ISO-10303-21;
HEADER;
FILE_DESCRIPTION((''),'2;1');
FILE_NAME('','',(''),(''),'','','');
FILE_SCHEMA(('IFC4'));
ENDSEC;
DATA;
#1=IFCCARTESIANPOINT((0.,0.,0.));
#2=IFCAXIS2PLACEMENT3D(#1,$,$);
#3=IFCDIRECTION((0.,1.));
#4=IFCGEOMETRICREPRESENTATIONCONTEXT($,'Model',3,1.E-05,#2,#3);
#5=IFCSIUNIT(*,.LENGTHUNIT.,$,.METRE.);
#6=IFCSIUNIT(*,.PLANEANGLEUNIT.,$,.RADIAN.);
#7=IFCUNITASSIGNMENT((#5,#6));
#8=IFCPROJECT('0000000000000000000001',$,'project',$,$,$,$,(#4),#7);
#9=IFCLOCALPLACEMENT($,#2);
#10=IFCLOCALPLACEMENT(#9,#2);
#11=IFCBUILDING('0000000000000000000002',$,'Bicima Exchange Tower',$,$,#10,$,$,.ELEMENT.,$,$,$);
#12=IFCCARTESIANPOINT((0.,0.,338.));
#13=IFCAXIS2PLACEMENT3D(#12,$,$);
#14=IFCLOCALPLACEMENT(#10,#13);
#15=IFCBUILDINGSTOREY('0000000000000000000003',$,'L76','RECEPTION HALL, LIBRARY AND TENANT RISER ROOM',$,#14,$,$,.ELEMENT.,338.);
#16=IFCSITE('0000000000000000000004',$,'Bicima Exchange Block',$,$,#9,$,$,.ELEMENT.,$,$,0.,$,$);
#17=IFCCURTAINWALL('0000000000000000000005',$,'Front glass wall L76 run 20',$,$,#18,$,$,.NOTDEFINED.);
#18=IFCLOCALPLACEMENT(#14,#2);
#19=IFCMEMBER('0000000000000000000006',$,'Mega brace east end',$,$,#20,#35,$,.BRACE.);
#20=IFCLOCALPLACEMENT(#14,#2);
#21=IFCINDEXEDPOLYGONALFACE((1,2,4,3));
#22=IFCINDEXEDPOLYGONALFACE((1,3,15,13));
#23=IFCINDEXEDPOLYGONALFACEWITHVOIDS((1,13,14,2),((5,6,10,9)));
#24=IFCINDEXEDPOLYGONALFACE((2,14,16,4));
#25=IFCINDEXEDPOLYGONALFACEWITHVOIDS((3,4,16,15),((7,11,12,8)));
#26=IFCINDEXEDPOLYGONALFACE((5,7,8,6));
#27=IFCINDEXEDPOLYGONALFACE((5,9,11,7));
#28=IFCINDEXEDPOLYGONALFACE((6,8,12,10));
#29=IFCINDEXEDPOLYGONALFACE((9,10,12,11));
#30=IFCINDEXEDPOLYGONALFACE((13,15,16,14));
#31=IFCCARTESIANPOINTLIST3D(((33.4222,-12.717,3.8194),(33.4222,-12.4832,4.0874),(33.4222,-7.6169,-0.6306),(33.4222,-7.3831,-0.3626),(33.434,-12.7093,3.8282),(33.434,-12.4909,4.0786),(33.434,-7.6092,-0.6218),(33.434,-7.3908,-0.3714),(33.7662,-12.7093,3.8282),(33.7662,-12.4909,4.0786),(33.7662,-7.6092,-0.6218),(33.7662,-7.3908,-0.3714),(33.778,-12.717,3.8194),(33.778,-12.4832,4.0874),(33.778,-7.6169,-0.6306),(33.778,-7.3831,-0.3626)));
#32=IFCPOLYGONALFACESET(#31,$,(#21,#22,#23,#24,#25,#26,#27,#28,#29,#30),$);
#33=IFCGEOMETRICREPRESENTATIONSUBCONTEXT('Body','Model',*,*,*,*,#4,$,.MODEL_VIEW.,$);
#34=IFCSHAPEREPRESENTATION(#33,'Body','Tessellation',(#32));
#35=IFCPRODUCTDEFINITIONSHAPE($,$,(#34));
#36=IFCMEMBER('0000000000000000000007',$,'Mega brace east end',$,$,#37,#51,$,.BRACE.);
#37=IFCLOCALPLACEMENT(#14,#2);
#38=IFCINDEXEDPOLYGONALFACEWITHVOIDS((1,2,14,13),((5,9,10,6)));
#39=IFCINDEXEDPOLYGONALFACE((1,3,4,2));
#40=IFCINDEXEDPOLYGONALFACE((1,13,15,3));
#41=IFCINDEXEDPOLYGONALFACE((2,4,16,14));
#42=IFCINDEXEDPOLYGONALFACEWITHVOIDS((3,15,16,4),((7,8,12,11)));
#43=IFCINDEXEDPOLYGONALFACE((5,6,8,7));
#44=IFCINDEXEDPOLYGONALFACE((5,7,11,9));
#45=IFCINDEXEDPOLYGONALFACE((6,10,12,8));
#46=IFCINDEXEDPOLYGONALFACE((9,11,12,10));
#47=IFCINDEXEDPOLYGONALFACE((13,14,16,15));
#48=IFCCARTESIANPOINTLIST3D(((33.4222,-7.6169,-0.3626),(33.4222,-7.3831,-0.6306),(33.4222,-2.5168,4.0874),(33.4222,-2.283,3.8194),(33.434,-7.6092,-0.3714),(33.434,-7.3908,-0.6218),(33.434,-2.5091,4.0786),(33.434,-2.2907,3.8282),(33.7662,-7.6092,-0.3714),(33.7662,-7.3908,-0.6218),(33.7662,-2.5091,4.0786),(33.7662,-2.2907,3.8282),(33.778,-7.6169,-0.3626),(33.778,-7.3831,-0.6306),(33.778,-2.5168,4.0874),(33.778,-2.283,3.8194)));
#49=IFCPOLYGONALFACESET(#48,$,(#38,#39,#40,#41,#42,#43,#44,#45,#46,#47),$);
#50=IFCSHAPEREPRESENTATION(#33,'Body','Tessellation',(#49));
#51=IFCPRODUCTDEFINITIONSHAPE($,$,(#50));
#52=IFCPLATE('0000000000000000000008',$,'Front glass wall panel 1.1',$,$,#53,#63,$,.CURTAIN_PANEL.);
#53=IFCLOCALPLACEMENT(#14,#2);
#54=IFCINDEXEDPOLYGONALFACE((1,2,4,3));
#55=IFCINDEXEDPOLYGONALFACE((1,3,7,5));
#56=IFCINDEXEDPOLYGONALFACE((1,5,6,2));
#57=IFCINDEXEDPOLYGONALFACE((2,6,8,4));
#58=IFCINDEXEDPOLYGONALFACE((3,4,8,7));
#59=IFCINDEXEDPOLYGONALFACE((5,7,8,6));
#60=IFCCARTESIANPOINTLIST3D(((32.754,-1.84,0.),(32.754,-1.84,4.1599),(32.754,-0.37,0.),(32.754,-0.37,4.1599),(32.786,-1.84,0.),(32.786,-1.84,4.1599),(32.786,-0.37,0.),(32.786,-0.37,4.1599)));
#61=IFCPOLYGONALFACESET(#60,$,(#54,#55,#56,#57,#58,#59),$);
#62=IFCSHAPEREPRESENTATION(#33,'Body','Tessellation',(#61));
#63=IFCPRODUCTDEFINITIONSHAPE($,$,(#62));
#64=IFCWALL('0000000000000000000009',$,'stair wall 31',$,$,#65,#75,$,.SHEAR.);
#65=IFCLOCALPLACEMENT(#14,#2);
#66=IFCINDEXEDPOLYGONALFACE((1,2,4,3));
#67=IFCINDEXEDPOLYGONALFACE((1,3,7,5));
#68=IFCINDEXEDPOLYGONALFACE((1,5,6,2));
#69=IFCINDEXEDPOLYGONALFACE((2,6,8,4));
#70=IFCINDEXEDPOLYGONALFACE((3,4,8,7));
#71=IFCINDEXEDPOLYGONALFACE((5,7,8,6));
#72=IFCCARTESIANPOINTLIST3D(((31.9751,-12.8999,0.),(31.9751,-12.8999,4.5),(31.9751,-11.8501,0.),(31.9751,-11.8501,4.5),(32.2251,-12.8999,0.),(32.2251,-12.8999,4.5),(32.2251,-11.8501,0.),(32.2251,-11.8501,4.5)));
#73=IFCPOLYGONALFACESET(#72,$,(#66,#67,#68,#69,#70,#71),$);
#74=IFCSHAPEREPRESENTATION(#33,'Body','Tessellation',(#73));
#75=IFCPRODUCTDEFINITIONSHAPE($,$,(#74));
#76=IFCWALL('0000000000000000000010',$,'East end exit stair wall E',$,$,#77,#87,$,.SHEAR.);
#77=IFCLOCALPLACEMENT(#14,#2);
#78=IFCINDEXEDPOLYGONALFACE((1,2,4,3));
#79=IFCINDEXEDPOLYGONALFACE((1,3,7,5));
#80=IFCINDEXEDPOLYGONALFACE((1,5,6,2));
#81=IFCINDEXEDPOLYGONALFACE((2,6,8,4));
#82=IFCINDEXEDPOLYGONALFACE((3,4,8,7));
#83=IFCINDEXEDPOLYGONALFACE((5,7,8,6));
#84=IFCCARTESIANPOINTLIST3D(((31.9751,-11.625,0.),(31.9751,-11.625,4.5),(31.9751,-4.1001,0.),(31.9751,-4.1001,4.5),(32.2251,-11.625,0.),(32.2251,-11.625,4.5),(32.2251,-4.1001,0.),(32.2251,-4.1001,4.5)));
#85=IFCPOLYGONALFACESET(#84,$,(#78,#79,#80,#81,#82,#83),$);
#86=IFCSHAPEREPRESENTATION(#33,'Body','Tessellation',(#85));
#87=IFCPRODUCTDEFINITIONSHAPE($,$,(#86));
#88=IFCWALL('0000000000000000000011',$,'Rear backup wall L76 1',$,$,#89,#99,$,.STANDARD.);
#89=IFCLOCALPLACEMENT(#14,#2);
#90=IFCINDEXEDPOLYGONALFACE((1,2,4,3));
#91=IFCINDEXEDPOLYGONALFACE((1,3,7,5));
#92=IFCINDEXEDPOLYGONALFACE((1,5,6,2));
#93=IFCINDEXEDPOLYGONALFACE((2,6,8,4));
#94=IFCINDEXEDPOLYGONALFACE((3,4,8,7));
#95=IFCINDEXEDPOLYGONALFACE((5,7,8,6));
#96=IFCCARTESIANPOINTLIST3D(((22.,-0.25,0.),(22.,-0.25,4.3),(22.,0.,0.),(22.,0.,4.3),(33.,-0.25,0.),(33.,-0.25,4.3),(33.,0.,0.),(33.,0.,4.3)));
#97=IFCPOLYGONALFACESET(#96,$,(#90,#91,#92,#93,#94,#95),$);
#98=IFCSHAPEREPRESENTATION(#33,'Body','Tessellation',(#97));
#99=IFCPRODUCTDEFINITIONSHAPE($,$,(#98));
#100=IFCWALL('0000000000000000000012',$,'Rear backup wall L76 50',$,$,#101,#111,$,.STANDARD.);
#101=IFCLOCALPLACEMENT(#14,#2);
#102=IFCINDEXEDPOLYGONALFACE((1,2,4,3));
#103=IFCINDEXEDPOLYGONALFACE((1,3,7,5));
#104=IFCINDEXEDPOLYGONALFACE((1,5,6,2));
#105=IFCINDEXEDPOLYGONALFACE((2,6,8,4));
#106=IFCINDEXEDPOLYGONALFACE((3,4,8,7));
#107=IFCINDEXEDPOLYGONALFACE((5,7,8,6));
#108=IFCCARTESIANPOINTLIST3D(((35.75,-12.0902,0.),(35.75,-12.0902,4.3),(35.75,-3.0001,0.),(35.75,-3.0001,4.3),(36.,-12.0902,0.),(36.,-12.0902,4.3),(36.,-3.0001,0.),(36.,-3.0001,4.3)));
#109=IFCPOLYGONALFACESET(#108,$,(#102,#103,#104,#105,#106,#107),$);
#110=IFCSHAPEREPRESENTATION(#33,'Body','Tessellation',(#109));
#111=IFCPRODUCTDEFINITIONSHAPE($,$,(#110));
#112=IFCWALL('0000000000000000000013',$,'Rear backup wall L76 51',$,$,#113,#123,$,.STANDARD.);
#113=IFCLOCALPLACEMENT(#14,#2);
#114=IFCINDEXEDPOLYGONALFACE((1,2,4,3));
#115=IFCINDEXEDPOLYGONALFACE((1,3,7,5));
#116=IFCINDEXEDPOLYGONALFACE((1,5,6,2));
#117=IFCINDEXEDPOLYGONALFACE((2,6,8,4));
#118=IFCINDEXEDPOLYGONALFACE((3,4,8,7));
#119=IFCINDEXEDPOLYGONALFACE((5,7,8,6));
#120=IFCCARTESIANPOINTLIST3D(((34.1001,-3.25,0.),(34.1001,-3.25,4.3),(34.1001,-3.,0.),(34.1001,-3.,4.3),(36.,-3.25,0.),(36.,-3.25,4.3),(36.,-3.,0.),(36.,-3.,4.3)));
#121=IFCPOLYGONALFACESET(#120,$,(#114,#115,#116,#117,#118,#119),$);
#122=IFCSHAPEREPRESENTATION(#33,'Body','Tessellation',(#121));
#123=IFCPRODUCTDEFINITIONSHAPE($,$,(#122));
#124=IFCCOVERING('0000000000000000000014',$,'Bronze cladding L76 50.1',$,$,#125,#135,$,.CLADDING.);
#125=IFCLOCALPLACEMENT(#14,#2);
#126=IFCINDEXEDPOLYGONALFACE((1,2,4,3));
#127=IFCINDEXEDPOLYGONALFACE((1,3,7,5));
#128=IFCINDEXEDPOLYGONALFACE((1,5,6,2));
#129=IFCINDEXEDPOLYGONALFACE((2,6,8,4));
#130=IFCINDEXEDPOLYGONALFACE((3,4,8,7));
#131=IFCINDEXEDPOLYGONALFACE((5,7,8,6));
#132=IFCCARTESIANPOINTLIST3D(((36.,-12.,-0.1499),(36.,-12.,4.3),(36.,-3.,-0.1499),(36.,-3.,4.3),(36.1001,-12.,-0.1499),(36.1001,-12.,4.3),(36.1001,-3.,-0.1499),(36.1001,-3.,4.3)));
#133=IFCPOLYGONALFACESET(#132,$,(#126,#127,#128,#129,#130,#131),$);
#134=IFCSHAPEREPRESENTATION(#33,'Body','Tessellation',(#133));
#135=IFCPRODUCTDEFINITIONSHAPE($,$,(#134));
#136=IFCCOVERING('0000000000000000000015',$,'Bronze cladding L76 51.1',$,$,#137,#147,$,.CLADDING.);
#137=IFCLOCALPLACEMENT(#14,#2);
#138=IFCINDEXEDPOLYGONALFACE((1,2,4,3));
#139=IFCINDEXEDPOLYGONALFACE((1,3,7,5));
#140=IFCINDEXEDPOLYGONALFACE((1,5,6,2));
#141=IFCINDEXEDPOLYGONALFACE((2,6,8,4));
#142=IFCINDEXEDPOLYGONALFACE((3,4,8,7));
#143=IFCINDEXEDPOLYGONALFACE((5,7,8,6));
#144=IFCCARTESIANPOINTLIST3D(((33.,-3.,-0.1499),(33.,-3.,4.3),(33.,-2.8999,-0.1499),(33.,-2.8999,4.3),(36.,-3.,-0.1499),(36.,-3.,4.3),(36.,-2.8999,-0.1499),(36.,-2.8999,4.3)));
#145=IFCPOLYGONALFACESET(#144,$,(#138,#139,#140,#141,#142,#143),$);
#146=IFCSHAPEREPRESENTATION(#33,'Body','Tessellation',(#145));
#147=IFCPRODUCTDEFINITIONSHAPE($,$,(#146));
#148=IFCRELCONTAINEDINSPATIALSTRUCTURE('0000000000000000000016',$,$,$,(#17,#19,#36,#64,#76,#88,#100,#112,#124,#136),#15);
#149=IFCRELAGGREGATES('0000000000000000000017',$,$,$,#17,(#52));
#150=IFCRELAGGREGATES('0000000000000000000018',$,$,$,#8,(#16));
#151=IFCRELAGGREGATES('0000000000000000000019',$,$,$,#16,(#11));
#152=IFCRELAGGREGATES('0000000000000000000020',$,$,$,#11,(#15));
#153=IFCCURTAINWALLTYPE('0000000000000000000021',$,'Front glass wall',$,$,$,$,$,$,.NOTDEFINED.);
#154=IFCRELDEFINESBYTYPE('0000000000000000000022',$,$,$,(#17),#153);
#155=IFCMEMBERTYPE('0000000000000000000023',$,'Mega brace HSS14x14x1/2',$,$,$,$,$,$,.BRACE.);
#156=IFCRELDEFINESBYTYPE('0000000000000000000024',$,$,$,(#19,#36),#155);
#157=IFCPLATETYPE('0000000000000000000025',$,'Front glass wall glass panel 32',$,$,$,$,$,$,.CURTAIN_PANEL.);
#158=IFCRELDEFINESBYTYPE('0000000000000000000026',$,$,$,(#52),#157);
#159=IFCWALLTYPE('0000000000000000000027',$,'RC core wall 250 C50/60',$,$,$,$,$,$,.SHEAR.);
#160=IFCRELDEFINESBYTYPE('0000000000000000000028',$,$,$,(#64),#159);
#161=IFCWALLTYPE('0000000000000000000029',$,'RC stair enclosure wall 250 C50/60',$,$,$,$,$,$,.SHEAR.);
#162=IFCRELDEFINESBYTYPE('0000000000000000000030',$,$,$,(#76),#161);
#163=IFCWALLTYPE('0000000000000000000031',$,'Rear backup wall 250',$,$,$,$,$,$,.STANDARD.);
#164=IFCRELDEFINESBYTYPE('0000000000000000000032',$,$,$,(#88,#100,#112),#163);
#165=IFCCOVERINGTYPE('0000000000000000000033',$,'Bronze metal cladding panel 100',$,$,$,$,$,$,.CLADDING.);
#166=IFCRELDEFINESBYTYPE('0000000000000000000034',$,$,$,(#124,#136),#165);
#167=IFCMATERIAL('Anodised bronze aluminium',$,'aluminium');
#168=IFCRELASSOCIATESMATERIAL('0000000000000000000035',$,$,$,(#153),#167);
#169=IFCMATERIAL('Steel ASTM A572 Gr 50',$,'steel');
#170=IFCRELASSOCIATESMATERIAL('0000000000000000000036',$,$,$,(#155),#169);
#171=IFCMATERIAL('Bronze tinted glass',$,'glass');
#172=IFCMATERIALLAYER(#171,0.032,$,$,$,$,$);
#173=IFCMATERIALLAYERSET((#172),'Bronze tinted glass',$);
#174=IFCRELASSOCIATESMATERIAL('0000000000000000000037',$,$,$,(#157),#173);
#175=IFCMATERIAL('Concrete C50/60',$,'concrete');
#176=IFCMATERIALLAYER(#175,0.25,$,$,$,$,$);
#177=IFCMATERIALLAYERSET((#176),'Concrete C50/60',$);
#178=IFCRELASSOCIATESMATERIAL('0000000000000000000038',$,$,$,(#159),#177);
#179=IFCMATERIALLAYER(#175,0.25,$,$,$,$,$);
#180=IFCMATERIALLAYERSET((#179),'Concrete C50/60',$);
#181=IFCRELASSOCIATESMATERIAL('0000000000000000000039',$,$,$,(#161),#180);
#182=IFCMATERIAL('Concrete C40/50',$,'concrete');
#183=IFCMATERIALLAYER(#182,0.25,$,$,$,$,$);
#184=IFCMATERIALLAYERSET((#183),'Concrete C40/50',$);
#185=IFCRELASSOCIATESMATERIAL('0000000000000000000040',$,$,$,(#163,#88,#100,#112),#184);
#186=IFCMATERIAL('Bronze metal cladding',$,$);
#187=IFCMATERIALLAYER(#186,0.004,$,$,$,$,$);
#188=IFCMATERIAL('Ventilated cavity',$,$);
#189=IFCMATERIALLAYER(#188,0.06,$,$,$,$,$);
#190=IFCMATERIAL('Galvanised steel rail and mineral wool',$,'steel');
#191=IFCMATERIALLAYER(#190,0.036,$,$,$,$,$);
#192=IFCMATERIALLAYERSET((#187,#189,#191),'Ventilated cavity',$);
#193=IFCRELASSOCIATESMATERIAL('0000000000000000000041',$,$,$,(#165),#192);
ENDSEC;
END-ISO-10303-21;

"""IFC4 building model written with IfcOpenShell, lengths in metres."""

from ifc_helpers import new_model, si_unit, direction, frame, frame_2d, origin, origin_2d, place, context, subcontext, project, spatial, rectangle, hollow_rectangle, extrude, material, layer, layer_set, layer_usage, material_profile, profile_set, type_object, element, aggregate, save


model = new_model("IFC4")

# Units and contexts
model_context = context("Model", 3, precision=1e-05, world=origin(), true_north=direction((0.0, 1.0)))
body_context = subcontext(model_context, "Body", "Model", "MODEL_VIEW")
ifc_project = project(units=[si_unit("LENGTHUNIT", "METRE"), si_unit("PLANEANGLEUNIT", "RADIAN")], contexts=[model_context])

# Site, building, storey
site_placement = place(None, origin())
site = spatial("IfcSite", under=ifc_project, at=site_placement, Name="Bicima Exchange Block", CompositionType="ELEMENT", RefElevation=0.0)
building_placement = place(site_placement, origin())
building = spatial("IfcBuilding", under=site, at=building_placement, Name="Bicima Exchange Tower", CompositionType="ELEMENT")
storey_placement = place(building_placement, frame((0.0, 0.0, 338.0)))
storey = spatial("IfcBuildingStorey", under=building, at=storey_placement, Name="L76", Description="RECEPTION HALL, LIBRARY AND TENANT RISER ROOM", CompositionType="ELEMENT", Elevation=338.0)

# Shared definitions
ifc_material_1 = material(Name="Steel ASTM A572 Gr 50", Category="steel")

# Shared definitions
ifc_material_2 = material(Name="Anodised bronze aluminium", Category="aluminium")

# Curtain wall
curtain_wall_type_1 = type_object("IfcCurtainWallType", Name="Front glass wall", PredefinedType="NOTDEFINED", material=ifc_material_2)
curtain_wall_1_placement = place(storey_placement, origin())
curtain_wall_1 = element("IfcCurtainWall", 1, at=curtain_wall_1_placement, inside=storey, type_object=curtain_wall_type_1, Name="Front glass wall L76 run 20", PredefinedType="NOTDEFINED")

# Members
ifc_material_profile_1 = material_profile(ifc_material_1, hollow_rectangle(XDim=0.3557, YDim=0.3557, WallThickness=0.0117, at=origin_2d()))
ifc_profile_set_1 = profile_set([ifc_material_profile_1], Name="Steel ASTM A572 Gr 50")
member_type_1 = type_object("IfcMemberType", Name="Mega brace HSS14x14x1/2", PredefinedType="BRACE", material=ifc_profile_set_1)
for number, where, z_axis, x_axis, name in (
    (2, (33.6001, -7.5, -0.4966), (0.0, -0.753501, 0.657447), (1.0, 0.0, 0.0), "Mega brace east end"),
    (3, (33.6001, -7.5, -0.4966), (0.0, 0.753501, 0.657447), (-1.0, 0.0, 0.0), "Mega brace east end"),
):
    element("IfcMember", number, at=place(storey_placement, frame(where, z_axis=z_axis, x_axis=x_axis)), inside=storey, type_object=member_type_1, Name=name, PredefinedType="BRACE", context=body_context, shape_type="SweptSolid", body=[
        extrude(hollow_rectangle(XDim=0.3557, YDim=0.3557, WallThickness=0.0117, at=origin_2d()), origin(), (0.0, 0.0, 1.0), 6.7686),
    ])

# Plate
ifc_material_3 = material(Name="Bronze tinted glass", Category="glass")
ifc_layer_1 = layer(ifc_material_3, 0.032)
ifc_layer_set_1 = layer_set([ifc_layer_1], Name="Bronze tinted glass")
plate_type = type_object("IfcPlateType", Name="Front glass wall glass panel 32", PredefinedType="CURTAIN_PANEL", material=ifc_layer_set_1)
plate_placement = place(storey_placement, frame((32.77, -1.105, 0.0), z_axis=(0.0, 0.0, 1.0), x_axis=(0.0, 1.0, 0.0)))
plate = element("IfcPlate", 4, at=plate_placement, type_object=plate_type, Name="Front glass wall panel 1.1", PredefinedType="CURTAIN_PANEL", context=body_context, shape_type="SweptSolid", body=[
    extrude(rectangle(XDim=1.47, YDim=0.032, at=origin_2d()), origin(), (0.0, 0.0, 1.0), 4.1599),
])
aggregate(curtain_wall_1, [plate])

# Walls
ifc_material_4 = material(Name="Concrete C50/60", Category="concrete")
ifc_layer_2 = layer(ifc_material_4, 0.25)
ifc_layer_set_2 = layer_set([ifc_layer_2], Name="Concrete C50/60")
wall_type_1 = type_object("IfcWallType", Name="RC core wall 250 C50/60", PredefinedType="SHEAR", material=ifc_layer_set_2)
wall_1_placement = place(storey_placement, frame((32.1001, -12.8999, 0.0), z_axis=(0.0, 0.0, 1.0), x_axis=(0.0, 1.0, 0.0)))
element("IfcWall", 5, at=wall_1_placement, inside=storey, type_object=wall_type_1, Name="stair wall 31", PredefinedType="SHEAR", context=body_context, shape_type="SweptSolid", body=[
    extrude(rectangle(XDim=1.0498, YDim=0.25, at=frame_2d((0.5249, 0.0))), origin(), (0.0, 0.0, 1.0), 4.5),
])
ifc_layer_3 = layer(ifc_material_4, 0.25)
ifc_layer_set_3 = layer_set([ifc_layer_3], Name="Concrete C50/60")
wall_type_2 = type_object("IfcWallType", Name="RC stair enclosure wall 250 C50/60", PredefinedType="SHEAR", material=ifc_layer_set_3)
wall_2_placement = place(storey_placement, frame((32.1001, -11.625, 0.0), z_axis=(0.0, 0.0, 1.0), x_axis=(0.0, 1.0, 0.0)))
element("IfcWall", 6, at=wall_2_placement, inside=storey, type_object=wall_type_2, Name="East end exit stair wall E", PredefinedType="SHEAR", context=body_context, shape_type="SweptSolid", body=[
    extrude(rectangle(XDim=7.5249, YDim=0.25, at=frame_2d((3.7625, 0.0))), origin(), (0.0, 0.0, 1.0), 4.5),
])
ifc_material_5 = material(Name="Concrete C40/50", Category="concrete")
ifc_layer_4 = layer(ifc_material_5, 0.25)
ifc_layer_set_4 = layer_set([ifc_layer_4], Name="Concrete C40/50")
ifc_layer_usage = layer_usage(ifc_layer_set_4, "AXIS2", "POSITIVE", -0.125)
wall_type_3 = type_object("IfcWallType", Name="Rear backup wall 250", PredefinedType="STANDARD", material=ifc_layer_set_4)
wall_3_placement = place(storey_placement, frame((33.0, -0.125, 0.0), z_axis=(0.0, 0.0, 1.0), x_axis=(-1.0, 0.0, 0.0)))
element("IfcWall", 7, at=wall_3_placement, inside=storey, type_object=wall_type_3, material=ifc_layer_usage, Name="Rear backup wall L76 1", PredefinedType="STANDARD", context=body_context, shape_type="SweptSolid", body=[
    extrude(rectangle(XDim=11.0, YDim=0.25, at=frame_2d((5.5, 0.0))), origin(), (0.0, 0.0, 1.0), 4.3),
])
wall_4_placement = place(storey_placement, frame((35.875, -12.0901, 0.0), z_axis=(0.0, 0.0, 1.0), x_axis=(0.0, 1.0, 0.0)))
element("IfcWall", 8, at=wall_4_placement, inside=storey, type_object=wall_type_3, material=ifc_layer_usage, Name="Rear backup wall L76 50", PredefinedType="STANDARD", context=body_context, shape_type="SweptSolid", body=[
    extrude(rectangle(XDim=9.0901, YDim=0.25, at=frame_2d((4.5449, 0.0))), origin(), (0.0, 0.0, 1.0), 4.3),
])
wall_5_placement = place(storey_placement, frame((36.0, -3.125, 0.0), z_axis=(0.0, 0.0, 1.0), x_axis=(-1.0, 0.0, 0.0)))
element("IfcWall", 9, at=wall_5_placement, inside=storey, type_object=wall_type_3, material=ifc_layer_usage, Name="Rear backup wall L76 51", PredefinedType="STANDARD", context=body_context, shape_type="SweptSolid", body=[
    extrude(rectangle(XDim=1.8999, YDim=0.25, at=frame_2d((0.95, 0.0))), origin(), (0.0, 0.0, 1.0), 4.3),
])

# Coverings
ifc_material_6 = material(Name="Bronze metal cladding")
ifc_layer_5 = layer(ifc_material_6, 0.004)
ifc_material_7 = material(Name="Ventilated cavity")
ifc_layer_6 = layer(ifc_material_7, 0.06)
ifc_material_8 = material(Name="Galvanised steel rail and mineral wool", Category="steel")
ifc_layer_7 = layer(ifc_material_8, 0.036)
ifc_layer_set_5 = layer_set([ifc_layer_5, ifc_layer_6, ifc_layer_7], Name="Ventilated cavity")
covering_type = type_object("IfcCoveringType", Name="Bronze metal cladding panel 100", PredefinedType="CLADDING", material=ifc_layer_set_5)
covering_1_placement = place(storey_placement, frame((36.05, -7.5, -0.1499), z_axis=(0.0, 0.0, 1.0), x_axis=(0.0, 1.0, 0.0)))
element("IfcCovering", 10, at=covering_1_placement, inside=storey, type_object=covering_type, Name="Bronze cladding L76 50.1", PredefinedType="CLADDING", context=body_context, shape_type="SweptSolid", body=[
    extrude(rectangle(XDim=9.0, YDim=0.1001, at=origin_2d()), origin(), (0.0, 0.0, 1.0), 4.45),
])
covering_2_placement = place(storey_placement, frame((34.5, -2.95, -0.1499), z_axis=(0.0, 0.0, 1.0), x_axis=(-1.0, 0.0, 0.0)))
element("IfcCovering", 11, at=covering_2_placement, inside=storey, type_object=covering_type, Name="Bronze cladding L76 51.1", PredefinedType="CLADDING", context=body_context, shape_type="SweptSolid", body=[
    extrude(rectangle(XDim=3.0, YDim=0.1001, at=origin_2d()), origin(), (0.0, 0.0, 1.0), 4.45),
])

save(model, "model.ifc")
